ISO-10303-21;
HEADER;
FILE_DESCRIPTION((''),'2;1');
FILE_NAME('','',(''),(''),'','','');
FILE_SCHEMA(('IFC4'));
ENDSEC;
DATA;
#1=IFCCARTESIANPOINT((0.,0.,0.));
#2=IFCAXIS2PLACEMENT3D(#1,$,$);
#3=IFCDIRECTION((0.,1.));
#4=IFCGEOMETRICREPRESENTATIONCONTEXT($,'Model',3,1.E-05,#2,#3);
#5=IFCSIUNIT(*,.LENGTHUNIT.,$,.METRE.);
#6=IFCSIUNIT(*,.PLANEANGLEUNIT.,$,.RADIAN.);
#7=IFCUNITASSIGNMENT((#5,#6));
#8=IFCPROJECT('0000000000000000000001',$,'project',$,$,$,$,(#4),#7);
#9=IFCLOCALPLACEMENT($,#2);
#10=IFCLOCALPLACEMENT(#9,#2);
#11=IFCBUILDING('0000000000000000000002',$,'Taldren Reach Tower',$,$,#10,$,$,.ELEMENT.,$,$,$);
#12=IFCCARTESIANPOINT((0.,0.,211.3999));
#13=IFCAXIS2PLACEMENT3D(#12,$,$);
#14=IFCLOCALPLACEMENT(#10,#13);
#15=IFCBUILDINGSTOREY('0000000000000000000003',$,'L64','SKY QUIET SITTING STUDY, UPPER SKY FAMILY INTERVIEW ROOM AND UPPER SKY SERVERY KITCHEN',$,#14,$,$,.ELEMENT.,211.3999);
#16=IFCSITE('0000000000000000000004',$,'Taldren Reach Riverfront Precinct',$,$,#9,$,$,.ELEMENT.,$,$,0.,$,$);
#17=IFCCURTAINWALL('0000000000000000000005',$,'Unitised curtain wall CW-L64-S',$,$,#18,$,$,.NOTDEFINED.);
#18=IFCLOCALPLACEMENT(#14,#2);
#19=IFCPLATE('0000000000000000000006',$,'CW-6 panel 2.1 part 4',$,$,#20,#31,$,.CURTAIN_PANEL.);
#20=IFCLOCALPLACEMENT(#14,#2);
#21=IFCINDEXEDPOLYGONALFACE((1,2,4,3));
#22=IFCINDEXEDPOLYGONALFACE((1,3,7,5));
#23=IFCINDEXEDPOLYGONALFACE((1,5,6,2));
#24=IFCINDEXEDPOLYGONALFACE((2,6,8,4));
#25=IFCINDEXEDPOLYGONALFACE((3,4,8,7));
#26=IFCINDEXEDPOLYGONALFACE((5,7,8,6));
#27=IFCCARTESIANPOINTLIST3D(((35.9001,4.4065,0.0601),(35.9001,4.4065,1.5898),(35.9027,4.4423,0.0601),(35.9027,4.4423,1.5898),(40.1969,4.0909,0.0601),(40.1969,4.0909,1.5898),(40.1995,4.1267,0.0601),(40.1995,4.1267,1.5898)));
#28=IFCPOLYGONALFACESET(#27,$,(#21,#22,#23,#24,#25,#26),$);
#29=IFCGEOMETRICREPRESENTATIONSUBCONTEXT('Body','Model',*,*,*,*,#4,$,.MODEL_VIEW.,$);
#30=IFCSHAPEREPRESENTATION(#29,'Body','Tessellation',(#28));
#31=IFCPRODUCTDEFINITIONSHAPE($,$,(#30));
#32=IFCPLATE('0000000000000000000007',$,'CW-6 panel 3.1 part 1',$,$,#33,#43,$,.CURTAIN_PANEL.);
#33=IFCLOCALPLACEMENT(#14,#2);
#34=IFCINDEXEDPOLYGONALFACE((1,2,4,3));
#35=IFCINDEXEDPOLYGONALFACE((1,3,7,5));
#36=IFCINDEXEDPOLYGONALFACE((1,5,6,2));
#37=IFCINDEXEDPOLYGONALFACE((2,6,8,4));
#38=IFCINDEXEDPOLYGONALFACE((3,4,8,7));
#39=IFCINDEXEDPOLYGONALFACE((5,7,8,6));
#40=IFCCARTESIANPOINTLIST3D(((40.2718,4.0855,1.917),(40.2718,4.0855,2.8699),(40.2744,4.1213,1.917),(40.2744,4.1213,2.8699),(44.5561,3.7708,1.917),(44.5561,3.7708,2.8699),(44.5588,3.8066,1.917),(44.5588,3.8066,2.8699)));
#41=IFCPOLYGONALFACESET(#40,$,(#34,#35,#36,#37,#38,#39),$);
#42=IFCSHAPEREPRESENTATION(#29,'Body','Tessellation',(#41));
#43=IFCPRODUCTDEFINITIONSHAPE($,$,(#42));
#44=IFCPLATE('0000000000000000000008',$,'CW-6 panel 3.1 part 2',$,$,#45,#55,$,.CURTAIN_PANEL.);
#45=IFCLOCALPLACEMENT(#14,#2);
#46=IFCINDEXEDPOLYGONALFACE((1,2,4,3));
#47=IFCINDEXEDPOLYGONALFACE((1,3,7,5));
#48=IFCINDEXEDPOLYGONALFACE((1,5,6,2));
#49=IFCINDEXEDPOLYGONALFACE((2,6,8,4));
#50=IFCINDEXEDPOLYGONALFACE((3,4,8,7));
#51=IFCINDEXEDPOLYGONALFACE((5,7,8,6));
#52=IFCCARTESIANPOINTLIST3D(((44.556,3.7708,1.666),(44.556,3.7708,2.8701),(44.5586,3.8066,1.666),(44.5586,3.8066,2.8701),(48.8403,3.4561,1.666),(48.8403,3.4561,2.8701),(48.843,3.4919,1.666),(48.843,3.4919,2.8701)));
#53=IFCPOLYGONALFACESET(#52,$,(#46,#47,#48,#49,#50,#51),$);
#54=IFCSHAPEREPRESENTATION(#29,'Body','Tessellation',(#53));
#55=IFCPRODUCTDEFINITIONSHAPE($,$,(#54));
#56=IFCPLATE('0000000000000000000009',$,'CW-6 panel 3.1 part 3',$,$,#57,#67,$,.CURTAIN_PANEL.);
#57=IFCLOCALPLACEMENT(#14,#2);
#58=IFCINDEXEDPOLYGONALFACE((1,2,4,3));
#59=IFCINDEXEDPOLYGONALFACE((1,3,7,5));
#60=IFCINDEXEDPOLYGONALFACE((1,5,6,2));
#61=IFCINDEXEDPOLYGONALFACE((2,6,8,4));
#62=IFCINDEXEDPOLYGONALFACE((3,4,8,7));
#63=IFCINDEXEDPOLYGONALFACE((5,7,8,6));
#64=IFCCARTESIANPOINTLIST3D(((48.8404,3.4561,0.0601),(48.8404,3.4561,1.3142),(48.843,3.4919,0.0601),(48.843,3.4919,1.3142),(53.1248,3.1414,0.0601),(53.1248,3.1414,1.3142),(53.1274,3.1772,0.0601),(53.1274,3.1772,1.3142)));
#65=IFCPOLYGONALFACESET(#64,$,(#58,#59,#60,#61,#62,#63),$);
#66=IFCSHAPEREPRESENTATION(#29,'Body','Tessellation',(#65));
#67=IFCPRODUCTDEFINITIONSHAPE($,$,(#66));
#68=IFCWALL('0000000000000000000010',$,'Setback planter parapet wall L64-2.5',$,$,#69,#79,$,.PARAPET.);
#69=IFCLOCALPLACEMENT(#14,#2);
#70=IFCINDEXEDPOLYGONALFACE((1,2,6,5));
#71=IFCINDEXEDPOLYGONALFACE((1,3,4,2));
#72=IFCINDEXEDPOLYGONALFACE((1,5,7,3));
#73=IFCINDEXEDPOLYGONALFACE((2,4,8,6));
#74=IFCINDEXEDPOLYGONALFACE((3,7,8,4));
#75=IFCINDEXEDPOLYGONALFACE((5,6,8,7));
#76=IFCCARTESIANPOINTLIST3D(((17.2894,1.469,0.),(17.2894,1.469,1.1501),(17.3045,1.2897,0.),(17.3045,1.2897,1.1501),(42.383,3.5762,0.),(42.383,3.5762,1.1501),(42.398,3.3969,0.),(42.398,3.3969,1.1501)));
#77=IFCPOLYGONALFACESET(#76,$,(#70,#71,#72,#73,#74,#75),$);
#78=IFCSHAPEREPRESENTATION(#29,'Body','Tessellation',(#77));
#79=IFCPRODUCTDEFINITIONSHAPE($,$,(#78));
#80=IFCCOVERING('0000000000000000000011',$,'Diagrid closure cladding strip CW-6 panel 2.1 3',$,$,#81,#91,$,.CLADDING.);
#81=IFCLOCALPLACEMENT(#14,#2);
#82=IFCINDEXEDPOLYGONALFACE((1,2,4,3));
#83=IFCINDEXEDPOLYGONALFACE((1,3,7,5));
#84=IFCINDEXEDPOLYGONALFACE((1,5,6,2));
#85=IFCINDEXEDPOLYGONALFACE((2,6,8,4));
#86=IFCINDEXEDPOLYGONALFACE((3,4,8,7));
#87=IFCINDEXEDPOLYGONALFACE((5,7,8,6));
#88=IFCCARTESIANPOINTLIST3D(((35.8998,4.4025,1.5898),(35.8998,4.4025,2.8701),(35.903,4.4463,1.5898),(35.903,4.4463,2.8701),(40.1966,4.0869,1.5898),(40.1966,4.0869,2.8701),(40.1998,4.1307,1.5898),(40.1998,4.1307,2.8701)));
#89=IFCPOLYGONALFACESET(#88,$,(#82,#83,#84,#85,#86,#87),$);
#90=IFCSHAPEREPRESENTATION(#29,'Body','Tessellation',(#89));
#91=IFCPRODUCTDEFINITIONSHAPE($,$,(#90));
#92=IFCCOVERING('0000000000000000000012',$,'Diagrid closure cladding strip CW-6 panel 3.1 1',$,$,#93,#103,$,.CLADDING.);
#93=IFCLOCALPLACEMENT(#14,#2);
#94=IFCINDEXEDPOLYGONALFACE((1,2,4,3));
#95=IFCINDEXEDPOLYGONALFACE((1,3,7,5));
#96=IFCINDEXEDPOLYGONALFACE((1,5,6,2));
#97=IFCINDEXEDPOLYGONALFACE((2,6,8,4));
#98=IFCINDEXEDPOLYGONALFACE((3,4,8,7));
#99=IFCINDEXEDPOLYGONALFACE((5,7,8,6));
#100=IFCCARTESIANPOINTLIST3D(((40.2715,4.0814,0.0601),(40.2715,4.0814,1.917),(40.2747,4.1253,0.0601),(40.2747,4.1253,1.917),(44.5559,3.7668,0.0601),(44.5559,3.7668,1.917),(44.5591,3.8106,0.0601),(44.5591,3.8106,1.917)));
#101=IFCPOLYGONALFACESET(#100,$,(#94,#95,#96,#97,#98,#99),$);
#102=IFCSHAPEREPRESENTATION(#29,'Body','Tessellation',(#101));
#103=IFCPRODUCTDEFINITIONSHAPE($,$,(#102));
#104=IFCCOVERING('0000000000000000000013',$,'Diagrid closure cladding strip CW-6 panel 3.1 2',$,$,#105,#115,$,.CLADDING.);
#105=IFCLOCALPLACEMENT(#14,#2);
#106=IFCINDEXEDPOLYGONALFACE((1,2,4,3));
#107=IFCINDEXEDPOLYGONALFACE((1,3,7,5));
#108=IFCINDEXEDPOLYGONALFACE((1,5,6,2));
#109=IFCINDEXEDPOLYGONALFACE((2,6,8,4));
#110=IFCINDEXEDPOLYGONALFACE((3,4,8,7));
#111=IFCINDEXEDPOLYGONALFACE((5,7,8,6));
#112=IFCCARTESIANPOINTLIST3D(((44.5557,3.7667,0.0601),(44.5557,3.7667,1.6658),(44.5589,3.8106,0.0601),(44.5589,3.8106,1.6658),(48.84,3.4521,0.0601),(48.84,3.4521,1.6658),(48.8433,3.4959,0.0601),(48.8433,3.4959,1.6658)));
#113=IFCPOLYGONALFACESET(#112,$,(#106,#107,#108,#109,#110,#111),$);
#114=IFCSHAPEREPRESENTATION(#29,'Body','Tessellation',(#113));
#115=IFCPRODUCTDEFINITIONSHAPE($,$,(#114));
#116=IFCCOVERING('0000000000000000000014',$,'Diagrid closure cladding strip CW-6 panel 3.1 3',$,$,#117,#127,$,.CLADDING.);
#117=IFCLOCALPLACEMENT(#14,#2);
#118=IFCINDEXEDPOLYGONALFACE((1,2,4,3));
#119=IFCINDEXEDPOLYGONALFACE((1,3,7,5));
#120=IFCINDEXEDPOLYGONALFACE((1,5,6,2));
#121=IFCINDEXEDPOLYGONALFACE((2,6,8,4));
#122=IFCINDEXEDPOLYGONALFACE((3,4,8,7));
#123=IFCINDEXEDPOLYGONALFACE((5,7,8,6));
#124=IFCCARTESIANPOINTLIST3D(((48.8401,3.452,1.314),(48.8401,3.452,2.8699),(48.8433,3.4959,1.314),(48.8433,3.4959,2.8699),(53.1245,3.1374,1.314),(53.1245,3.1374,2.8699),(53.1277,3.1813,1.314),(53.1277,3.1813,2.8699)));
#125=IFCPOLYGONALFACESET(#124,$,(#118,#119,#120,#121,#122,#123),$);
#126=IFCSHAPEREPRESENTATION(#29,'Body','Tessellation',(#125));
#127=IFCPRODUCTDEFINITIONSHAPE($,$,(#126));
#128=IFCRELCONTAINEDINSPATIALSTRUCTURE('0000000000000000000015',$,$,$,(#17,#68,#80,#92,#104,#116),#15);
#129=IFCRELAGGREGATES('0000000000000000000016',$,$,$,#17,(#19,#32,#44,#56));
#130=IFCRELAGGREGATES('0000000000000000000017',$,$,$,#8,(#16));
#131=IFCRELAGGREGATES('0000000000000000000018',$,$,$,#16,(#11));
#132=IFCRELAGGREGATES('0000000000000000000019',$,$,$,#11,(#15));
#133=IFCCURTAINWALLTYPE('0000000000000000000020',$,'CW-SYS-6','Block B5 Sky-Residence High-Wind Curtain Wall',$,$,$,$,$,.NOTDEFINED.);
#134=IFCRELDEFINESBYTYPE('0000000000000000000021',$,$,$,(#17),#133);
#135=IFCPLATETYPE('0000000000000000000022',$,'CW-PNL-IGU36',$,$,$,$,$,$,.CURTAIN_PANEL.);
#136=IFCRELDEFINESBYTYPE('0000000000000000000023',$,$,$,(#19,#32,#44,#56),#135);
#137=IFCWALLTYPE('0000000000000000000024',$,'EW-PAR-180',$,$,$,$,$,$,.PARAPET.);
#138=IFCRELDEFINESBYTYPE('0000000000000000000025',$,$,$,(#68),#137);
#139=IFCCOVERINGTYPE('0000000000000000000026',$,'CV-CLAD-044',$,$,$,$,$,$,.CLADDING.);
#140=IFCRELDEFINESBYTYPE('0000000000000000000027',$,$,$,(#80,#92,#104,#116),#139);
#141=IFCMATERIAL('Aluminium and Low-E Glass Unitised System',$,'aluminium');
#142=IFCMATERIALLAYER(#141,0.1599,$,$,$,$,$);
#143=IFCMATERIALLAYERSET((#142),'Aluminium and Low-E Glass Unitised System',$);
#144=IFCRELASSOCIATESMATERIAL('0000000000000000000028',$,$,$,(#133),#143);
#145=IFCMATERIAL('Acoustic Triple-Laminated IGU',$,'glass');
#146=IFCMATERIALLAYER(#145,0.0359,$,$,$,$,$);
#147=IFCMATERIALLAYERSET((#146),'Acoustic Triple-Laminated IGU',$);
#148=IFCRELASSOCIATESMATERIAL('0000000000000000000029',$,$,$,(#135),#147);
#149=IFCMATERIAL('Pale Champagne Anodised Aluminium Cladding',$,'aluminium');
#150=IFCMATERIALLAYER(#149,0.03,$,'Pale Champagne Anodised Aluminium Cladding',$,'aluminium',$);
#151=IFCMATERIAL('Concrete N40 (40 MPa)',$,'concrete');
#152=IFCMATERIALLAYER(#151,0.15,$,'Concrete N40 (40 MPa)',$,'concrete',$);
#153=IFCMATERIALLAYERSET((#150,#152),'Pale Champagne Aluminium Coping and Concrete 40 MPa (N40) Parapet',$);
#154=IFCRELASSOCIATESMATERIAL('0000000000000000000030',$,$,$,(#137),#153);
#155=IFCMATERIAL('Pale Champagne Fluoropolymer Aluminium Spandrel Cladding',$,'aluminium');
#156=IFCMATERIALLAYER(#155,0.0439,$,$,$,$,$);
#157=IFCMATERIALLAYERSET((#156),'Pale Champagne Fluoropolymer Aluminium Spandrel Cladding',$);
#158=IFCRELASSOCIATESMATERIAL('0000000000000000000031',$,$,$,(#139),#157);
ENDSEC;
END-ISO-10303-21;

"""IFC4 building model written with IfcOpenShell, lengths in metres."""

from ifc_helpers import new_model, si_unit, direction, frame, frame_2d, origin, origin_2d, place, context, subcontext, project, spatial, rectangle, extrude, source, transform, mapped, material, layer, layer_set, type_object, element, aggregate, save


model = new_model("IFC4")

# Units and contexts
model_context = context("Model", 3, precision=1e-05, world=origin(), true_north=direction((0.0, 1.0)))
body_context = subcontext(model_context, "Body", "Model", "MODEL_VIEW")
ifc_project = project(units=[si_unit("LENGTHUNIT", "METRE"), si_unit("PLANEANGLEUNIT", "RADIAN")], contexts=[model_context])

# Site, building, storey
site_placement = place(None, origin())
site = spatial("IfcSite", under=ifc_project, at=site_placement, Name="Taldren Reach Riverfront Precinct", CompositionType="ELEMENT", RefElevation=0.0)
building_placement = place(site_placement, origin())
building = spatial("IfcBuilding", under=site, at=building_placement, Name="Taldren Reach Tower", CompositionType="ELEMENT")
storey_placement = place(building_placement, frame((0.0, 0.0, 211.3999)))
storey = spatial("IfcBuildingStorey", under=building, at=storey_placement, Name="L64", Description="SKY QUIET SITTING STUDY, UPPER SKY FAMILY INTERVIEW ROOM AND UPPER SKY SERVERY KITCHEN", CompositionType="ELEMENT", Elevation=211.3999)

# Curtain wall
ifc_material_1 = material(Name="Aluminium and Low-E Glass Unitised System", Category="aluminium")
ifc_layer_1 = layer(ifc_material_1, 0.1599)
ifc_layer_set_1 = layer_set([ifc_layer_1], Name="Aluminium and Low-E Glass Unitised System")
curtain_wall_type = type_object("IfcCurtainWallType", Name="CW-SYS-6", Description="Block B5 Sky-Residence High-Wind Curtain Wall", PredefinedType="NOTDEFINED", material=ifc_layer_set_1)
curtain_wall_placement = place(storey_placement, origin())
curtain_wall = element("IfcCurtainWall", 1, at=curtain_wall_placement, inside=storey, type_object=curtain_wall_type, Name="Unitised curtain wall CW-L64-S", PredefinedType="NOTDEFINED")

# Plates
ifc_material_2 = material(Name="Acoustic Triple-Laminated IGU", Category="glass")
ifc_layer_2 = layer(ifc_material_2, 0.0359)
ifc_layer_set_2 = layer_set([ifc_layer_2], Name="Acoustic Triple-Laminated IGU")
plate_type_1 = type_object("IfcPlateType", Name="CW-PNL-IGU36", PredefinedType="CURTAIN_PANEL", material=ifc_layer_set_2)
shared_shape_1 = source(origin(), body_context, "Body", "SweptSolid", [
    extrude(rectangle(XDim=4.3083, YDim=0.0359, at=origin_2d()), origin(), (0.0, 0.0, 1.0), 1.5298),
])
plate_1_placement = place(storey_placement, frame((38.0498, 4.2666, 0.0601), z_axis=(0.0, 0.0, 1.0), x_axis=(0.997314, -0.073238, 0.0)))
plate_1 = element("IfcPlate", 2, at=plate_1_placement, type_object=plate_type_1, Name="CW-6 panel 2.1 part 4", PredefinedType="CURTAIN_PANEL", context=body_context, shape_type="MappedRepresentation", body=[
    mapped(shared_shape_1, transform((0.0, 0.0, 0.0), scale=1.0)),
])
shared_shape_2 = source(origin(), body_context, "Body", "SweptSolid", [
    extrude(rectangle(XDim=4.2959, YDim=0.0359, at=origin_2d()), origin(), (0.0, 0.0, 1.0), 0.9529),
])
plate_2_placement = place(storey_placement, frame((42.4153, 3.946, 1.917), z_axis=(0.0, 0.0, 1.0), x_axis=(0.997314, -0.073238, 0.0)))
plate_2 = element("IfcPlate", 3, at=plate_2_placement, type_object=plate_type_1, Name="CW-6 panel 3.1 part 1", PredefinedType="CURTAIN_PANEL", context=body_context, shape_type="MappedRepresentation", body=[
    mapped(shared_shape_2, transform((0.0, 0.0, 0.0), scale=1.0)),
])
shared_shape_3 = source(origin(), body_context, "Body", "SweptSolid", [
    extrude(rectangle(XDim=4.2959, YDim=0.0359, at=origin_2d()), origin(), (0.0, 0.0, 1.0), 1.2041),
])
plate_3_placement = place(storey_placement, frame((46.6995, 3.6313, 1.666), z_axis=(0.0, 0.0, 1.0), x_axis=(0.997314, -0.073238, 0.0)))
plate_3 = element("IfcPlate", 4, at=plate_3_placement, type_object=plate_type_1, Name="CW-6 panel 3.1 part 2", PredefinedType="CURTAIN_PANEL", context=body_context, shape_type="MappedRepresentation", body=[
    mapped(shared_shape_3, transform((0.0, 0.0, 0.0), scale=1.0)),
])
shared_shape_4 = source(origin(), body_context, "Body", "SweptSolid", [
    extrude(rectangle(XDim=4.2959, YDim=0.0359, at=origin_2d()), origin(), (0.0, 0.0, 1.0), 1.2542),
])
plate_4_placement = place(storey_placement, frame((50.9839, 3.3167, 0.0601), z_axis=(0.0, 0.0, 1.0), x_axis=(0.997314, -0.073238, 0.0)))
plate_4 = element("IfcPlate", 5, at=plate_4_placement, type_object=plate_type_1, Name="CW-6 panel 3.1 part 3", PredefinedType="CURTAIN_PANEL", context=body_context, shape_type="MappedRepresentation", body=[
    mapped(shared_shape_4, transform((0.0, 0.0, 0.0), scale=1.0)),
])
aggregate(curtain_wall, [plate_1, plate_2, plate_3, plate_4])

# Wall
ifc_material_3 = material(Name="Pale Champagne Anodised Aluminium Cladding", Category="aluminium")
ifc_layer_3 = layer(ifc_material_3, 0.03, Name="Pale Champagne Anodised Aluminium Cladding", Category="aluminium")
ifc_material_4 = material(Name="Concrete N40 (40 MPa)", Category="concrete")
ifc_layer_4 = layer(ifc_material_4, 0.15, Name="Concrete N40 (40 MPa)", Category="concrete")
ifc_layer_set_3 = layer_set([ifc_layer_3, ifc_layer_4], Name="Pale Champagne Aluminium Coping and Concrete 40 MPa (N40) Parapet")
wall_type = type_object("IfcWallType", Name="EW-PAR-180", PredefinedType="PARAPET", material=ifc_layer_set_3)
shared_shape_5 = source(origin(), body_context, "Body", "SweptSolid", [
    extrude(rectangle(XDim=25.1819, YDim=0.1799, at=frame_2d((12.5908, 0.0))), origin(), (0.0, 0.0, 1.0), 1.1501),
])
wall_placement = place(storey_placement, frame((42.3904, 3.4866, 0.0), z_axis=(0.0, 0.0, 1.0), x_axis=(-0.996493, -0.083679, 0.0)))
element("IfcWall", 6, at=wall_placement, inside=storey, type_object=wall_type, Name="Setback planter parapet wall L64-2.5", PredefinedType="PARAPET", context=body_context, shape_type="MappedRepresentation", body=[
    mapped(shared_shape_5, transform((0.0, 0.0, 0.0), scale=1.0)),
])

# Coverings
ifc_material_5 = material(Name="Pale Champagne Fluoropolymer Aluminium Spandrel Cladding", Category="aluminium")
ifc_layer_5 = layer(ifc_material_5, 0.0439)
ifc_layer_set_4 = layer_set([ifc_layer_5], Name="Pale Champagne Fluoropolymer Aluminium Spandrel Cladding")
covering_type = type_object("IfcCoveringType", Name="CV-CLAD-044", PredefinedType="CLADDING", material=ifc_layer_set_4)
shared_shape_6 = source(origin(), body_context, "Body", "SweptSolid", [
    extrude(rectangle(XDim=4.3083, YDim=0.0439, at=origin_2d()), origin(), (0.0, 0.0, 1.0), 1.2803),
])
covering_1_placement = place(storey_placement, frame((38.0498, 4.2666, 1.5898), z_axis=(0.0, 0.0, 1.0), x_axis=(0.997314, -0.073238, 0.0)))
element("IfcCovering", 7, at=covering_1_placement, inside=storey, type_object=covering_type, Name="Diagrid closure cladding strip CW-6 panel 2.1 3", PredefinedType="CLADDING", context=body_context, shape_type="MappedRepresentation", body=[
    mapped(shared_shape_6, transform((0.0, 0.0, 0.0), scale=1.0)),
])
shared_shape_7 = source(origin(), body_context, "Body", "SweptSolid", [
    extrude(rectangle(XDim=4.2959, YDim=0.0439, at=origin_2d()), origin(), (0.0, 0.0, 1.0), 1.8569),
])
covering_2_placement = place(storey_placement, frame((42.4153, 3.946, 0.0601), z_axis=(0.0, 0.0, 1.0), x_axis=(0.997314, -0.073238, 0.0)))
element("IfcCovering", 8, at=covering_2_placement, inside=storey, type_object=covering_type, Name="Diagrid closure cladding strip CW-6 panel 3.1 1", PredefinedType="CLADDING", context=body_context, shape_type="MappedRepresentation", body=[
    mapped(shared_shape_7, transform((0.0, 0.0, 0.0), scale=1.0)),
])
shared_shape_8 = source(origin(), body_context, "Body", "SweptSolid", [
    extrude(rectangle(XDim=4.2959, YDim=0.0439, at=origin_2d()), origin(), (0.0, 0.0, 1.0), 1.6057),
])
covering_3_placement = place(storey_placement, frame((46.6995, 3.6313, 0.0601), z_axis=(0.0, 0.0, 1.0), x_axis=(0.997314, -0.073238, 0.0)))
element("IfcCovering", 9, at=covering_3_placement, inside=storey, type_object=covering_type, Name="Diagrid closure cladding strip CW-6 panel 3.1 2", PredefinedType="CLADDING", context=body_context, shape_type="MappedRepresentation", body=[
    mapped(shared_shape_8, transform((0.0, 0.0, 0.0), scale=1.0)),
])
shared_shape_9 = source(origin(), body_context, "Body", "SweptSolid", [
    extrude(rectangle(XDim=4.2959, YDim=0.0439, at=origin_2d()), origin(), (0.0, 0.0, 1.0), 1.5559),
])
covering_4_placement = place(storey_placement, frame((50.9839, 3.3167, 1.314), z_axis=(0.0, 0.0, 1.0), x_axis=(0.997314, -0.073238, 0.0)))
element("IfcCovering", 10, at=covering_4_placement, inside=storey, type_object=covering_type, Name="Diagrid closure cladding strip CW-6 panel 3.1 3", PredefinedType="CLADDING", context=body_context, shape_type="MappedRepresentation", body=[
    mapped(shared_shape_9, transform((0.0, 0.0, 0.0), scale=1.0)),
])

save(model, "model.ifc")
